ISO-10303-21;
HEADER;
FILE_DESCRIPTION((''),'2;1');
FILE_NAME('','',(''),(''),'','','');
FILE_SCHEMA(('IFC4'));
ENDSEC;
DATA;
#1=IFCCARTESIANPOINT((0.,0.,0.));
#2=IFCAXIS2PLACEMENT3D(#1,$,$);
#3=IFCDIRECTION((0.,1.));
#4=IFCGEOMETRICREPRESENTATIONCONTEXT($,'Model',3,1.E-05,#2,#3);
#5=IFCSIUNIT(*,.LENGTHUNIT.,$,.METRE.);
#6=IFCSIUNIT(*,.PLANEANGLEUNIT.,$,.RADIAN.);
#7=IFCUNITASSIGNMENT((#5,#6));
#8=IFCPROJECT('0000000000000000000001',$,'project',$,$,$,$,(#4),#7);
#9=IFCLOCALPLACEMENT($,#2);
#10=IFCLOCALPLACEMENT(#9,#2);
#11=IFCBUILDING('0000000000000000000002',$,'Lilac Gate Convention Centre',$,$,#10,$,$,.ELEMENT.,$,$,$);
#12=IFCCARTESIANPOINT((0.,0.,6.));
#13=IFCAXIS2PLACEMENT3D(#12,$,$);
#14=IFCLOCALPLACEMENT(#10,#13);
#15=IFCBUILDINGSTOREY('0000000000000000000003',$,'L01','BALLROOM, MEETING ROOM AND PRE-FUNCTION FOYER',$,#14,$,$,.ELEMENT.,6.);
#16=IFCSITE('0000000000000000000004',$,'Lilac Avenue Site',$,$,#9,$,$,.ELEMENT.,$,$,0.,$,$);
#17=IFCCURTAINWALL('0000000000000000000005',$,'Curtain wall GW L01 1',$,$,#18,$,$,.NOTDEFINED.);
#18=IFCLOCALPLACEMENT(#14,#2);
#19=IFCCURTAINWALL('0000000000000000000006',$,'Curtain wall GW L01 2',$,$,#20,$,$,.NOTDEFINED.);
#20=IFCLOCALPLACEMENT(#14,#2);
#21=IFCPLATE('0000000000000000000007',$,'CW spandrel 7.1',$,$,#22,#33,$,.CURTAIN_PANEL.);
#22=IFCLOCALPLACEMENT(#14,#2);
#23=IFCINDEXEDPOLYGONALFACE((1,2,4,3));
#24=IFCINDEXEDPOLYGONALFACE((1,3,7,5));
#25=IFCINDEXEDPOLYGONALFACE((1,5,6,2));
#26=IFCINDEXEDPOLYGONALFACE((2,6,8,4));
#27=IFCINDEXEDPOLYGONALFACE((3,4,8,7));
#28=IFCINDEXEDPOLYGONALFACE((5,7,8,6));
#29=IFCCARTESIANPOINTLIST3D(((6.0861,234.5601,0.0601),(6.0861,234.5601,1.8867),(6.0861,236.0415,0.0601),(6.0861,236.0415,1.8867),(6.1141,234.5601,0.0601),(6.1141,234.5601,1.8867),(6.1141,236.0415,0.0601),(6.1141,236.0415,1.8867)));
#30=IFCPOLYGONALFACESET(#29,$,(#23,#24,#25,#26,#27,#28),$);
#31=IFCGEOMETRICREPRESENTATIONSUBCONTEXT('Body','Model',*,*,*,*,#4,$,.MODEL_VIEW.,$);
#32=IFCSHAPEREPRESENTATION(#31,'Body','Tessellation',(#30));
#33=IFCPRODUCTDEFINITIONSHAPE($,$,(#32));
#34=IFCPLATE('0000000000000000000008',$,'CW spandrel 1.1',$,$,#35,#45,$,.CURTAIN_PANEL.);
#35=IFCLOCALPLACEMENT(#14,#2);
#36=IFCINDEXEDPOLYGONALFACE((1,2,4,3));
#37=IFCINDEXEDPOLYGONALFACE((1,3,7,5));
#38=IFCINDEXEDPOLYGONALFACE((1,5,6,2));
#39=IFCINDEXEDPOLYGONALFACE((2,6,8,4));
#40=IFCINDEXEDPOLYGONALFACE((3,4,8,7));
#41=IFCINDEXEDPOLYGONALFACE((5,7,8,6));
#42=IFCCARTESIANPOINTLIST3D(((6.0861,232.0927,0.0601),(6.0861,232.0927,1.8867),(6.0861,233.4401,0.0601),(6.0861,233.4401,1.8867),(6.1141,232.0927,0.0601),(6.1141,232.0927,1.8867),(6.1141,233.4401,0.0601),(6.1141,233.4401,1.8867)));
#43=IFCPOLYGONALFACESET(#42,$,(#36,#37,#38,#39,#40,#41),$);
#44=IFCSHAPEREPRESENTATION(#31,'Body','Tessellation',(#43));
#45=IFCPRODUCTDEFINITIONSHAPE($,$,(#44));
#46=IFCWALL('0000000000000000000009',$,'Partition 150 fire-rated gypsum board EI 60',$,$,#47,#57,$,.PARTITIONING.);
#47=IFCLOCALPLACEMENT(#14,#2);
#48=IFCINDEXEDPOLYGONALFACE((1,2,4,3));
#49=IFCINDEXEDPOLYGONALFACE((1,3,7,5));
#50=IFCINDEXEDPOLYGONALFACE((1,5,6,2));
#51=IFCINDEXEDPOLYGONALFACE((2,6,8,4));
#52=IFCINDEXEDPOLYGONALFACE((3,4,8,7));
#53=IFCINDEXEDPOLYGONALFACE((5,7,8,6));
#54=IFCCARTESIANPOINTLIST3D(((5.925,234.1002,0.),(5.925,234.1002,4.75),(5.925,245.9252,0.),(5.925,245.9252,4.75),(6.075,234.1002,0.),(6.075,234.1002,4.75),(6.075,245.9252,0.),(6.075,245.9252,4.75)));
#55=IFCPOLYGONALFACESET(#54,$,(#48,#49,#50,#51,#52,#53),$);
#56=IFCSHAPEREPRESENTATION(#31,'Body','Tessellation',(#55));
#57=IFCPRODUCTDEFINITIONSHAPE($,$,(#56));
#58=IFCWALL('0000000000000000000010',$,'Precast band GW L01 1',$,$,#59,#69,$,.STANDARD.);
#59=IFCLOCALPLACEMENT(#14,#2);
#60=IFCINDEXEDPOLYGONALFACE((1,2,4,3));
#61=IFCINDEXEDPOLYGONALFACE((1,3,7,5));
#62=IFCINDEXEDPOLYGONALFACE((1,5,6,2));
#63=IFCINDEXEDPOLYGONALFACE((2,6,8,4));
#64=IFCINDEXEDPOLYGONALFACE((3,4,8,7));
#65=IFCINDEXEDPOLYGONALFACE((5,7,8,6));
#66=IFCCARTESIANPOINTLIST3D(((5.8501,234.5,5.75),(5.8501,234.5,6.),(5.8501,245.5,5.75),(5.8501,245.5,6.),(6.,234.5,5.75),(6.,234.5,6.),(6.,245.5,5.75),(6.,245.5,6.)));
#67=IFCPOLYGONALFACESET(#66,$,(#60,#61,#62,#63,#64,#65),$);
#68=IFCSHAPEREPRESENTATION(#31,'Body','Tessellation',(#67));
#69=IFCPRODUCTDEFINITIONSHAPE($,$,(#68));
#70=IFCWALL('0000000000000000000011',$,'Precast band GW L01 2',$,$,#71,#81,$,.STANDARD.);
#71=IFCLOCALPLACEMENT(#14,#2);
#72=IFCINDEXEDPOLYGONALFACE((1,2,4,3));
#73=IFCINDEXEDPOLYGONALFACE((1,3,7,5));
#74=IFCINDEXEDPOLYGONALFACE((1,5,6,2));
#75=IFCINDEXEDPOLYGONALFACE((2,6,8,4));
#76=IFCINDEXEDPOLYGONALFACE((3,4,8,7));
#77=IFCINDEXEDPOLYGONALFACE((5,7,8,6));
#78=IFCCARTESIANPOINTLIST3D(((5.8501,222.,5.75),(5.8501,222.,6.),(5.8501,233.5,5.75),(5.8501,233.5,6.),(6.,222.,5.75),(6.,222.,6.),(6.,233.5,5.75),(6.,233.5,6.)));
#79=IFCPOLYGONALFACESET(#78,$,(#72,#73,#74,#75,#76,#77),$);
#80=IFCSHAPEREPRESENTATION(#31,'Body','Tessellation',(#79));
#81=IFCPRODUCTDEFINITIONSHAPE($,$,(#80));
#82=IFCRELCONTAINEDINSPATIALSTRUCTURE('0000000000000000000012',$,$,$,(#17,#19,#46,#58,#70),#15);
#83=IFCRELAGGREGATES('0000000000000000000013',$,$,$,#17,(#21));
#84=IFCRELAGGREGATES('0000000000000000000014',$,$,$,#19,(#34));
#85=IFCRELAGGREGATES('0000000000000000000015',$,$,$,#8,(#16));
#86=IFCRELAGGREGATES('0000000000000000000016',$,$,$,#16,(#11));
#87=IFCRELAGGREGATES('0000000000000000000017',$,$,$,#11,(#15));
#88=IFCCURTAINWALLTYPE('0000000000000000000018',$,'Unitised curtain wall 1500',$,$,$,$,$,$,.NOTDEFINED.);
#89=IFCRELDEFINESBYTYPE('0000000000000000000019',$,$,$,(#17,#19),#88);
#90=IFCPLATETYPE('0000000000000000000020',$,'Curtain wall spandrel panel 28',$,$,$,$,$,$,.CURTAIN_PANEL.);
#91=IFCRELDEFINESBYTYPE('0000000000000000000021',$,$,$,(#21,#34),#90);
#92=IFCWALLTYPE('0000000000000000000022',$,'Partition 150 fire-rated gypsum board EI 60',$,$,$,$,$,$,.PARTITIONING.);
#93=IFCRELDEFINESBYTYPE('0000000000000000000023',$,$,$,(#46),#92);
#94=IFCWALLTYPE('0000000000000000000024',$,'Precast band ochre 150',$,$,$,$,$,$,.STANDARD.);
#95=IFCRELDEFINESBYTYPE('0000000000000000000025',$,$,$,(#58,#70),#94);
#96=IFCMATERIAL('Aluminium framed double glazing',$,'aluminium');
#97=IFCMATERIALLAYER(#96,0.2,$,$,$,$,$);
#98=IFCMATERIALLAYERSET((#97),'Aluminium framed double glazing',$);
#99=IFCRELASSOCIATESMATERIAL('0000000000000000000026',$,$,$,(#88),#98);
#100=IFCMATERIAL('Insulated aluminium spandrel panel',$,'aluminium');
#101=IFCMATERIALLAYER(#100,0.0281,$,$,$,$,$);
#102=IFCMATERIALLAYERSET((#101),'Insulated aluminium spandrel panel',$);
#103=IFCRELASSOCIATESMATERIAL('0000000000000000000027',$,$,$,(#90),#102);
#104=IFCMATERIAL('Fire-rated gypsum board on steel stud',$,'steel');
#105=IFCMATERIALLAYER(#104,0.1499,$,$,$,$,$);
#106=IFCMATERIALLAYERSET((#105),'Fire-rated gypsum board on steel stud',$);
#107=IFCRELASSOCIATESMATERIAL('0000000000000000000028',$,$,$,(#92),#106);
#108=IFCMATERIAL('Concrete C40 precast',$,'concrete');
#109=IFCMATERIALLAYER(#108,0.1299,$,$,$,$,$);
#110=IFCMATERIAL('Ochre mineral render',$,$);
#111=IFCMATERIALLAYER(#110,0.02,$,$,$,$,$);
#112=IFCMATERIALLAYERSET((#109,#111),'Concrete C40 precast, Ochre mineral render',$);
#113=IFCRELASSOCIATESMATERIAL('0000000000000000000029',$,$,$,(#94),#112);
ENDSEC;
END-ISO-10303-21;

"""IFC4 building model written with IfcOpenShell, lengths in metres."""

from ifc_helpers import new_model, si_unit, direction, frame, frame_2d, origin, origin_2d, place, context, subcontext, project, spatial, rectangle, extrude, material, layer, layer_set, type_object, element, aggregate, save


model = new_model("IFC4")

# Units and contexts
model_context = context("Model", 3, precision=1e-05, world=origin(), true_north=direction((0.0, 1.0)))
body_context = subcontext(model_context, "Body", "Model", "MODEL_VIEW")
ifc_project = project(units=[si_unit("LENGTHUNIT", "METRE"), si_unit("PLANEANGLEUNIT", "RADIAN")], contexts=[model_context])

# Site, building, storey
site_placement = place(None, origin())
site = spatial("IfcSite", under=ifc_project, at=site_placement, Name="Lilac Avenue Site", CompositionType="ELEMENT", RefElevation=0.0)
building_placement = place(site_placement, origin())
building = spatial("IfcBuilding", under=site, at=building_placement, Name="Lilac Gate Convention Centre", CompositionType="ELEMENT")
storey_placement = place(building_placement, frame((0.0, 0.0, 6.0)))
storey = spatial("IfcBuildingStorey", under=building, at=storey_placement, Name="L01", Description="BALLROOM, MEETING ROOM AND PRE-FUNCTION FOYER", CompositionType="ELEMENT", Elevation=6.0)

# Curtain walls
ifc_material_1 = material(Name="Aluminium framed double glazing", Category="aluminium")
ifc_layer_1 = layer(ifc_material_1, 0.2)
ifc_layer_set_1 = layer_set([ifc_layer_1], Name="Aluminium framed double glazing")
curtain_wall_type = type_object("IfcCurtainWallType", Name="Unitised curtain wall 1500", PredefinedType="NOTDEFINED", material=ifc_layer_set_1)
curtain_wall_1_placement = place(storey_placement, origin())
curtain_wall_1 = element("IfcCurtainWall", 1, at=curtain_wall_1_placement, inside=storey, type_object=curtain_wall_type, Name="Curtain wall GW L01 1", PredefinedType="NOTDEFINED")
curtain_wall_2_placement = place(storey_placement, origin())
curtain_wall_2 = element("IfcCurtainWall", 2, at=curtain_wall_2_placement, inside=storey, type_object=curtain_wall_type, Name="Curtain wall GW L01 2", PredefinedType="NOTDEFINED")

# Plates
ifc_material_2 = material(Name="Insulated aluminium spandrel panel", Category="aluminium")
ifc_layer_2 = layer(ifc_material_2, 0.0281)
ifc_layer_set_2 = layer_set([ifc_layer_2], Name="Insulated aluminium spandrel panel")
plate_type_1 = type_object("IfcPlateType", Name="Curtain wall spandrel panel 28", PredefinedType="CURTAIN_PANEL", material=ifc_layer_set_2)
plate_1_placement = place(storey_placement, frame((6.1001, 235.3008, 0.0601), z_axis=(0.0, 0.0, 1.0), x_axis=(0.0, -1.0, 0.0)))
plate_1 = element("IfcPlate", 3, at=plate_1_placement, type_object=plate_type_1, Name="CW spandrel 7.1", PredefinedType="CURTAIN_PANEL", context=body_context, shape_type="SweptSolid", body=[
    extrude(rectangle(XDim=1.4814, YDim=0.0281, at=origin_2d()), origin(), (0.0, 0.0, 1.0), 1.8267),
])
aggregate(curtain_wall_1, [plate_1])
plate_2_placement = place(storey_placement, frame((6.1001, 232.7664, 0.0601), z_axis=(0.0, 0.0, 1.0), x_axis=(0.0, -1.0, 0.0)))
plate_2 = element("IfcPlate", 4, at=plate_2_placement, type_object=plate_type_1, Name="CW spandrel 1.1", PredefinedType="CURTAIN_PANEL", context=body_context, shape_type="SweptSolid", body=[
    extrude(rectangle(XDim=1.3474, YDim=0.0281, at=origin_2d()), origin(), (0.0, 0.0, 1.0), 1.8267),
])
aggregate(curtain_wall_2, [plate_2])

# Walls
ifc_material_3 = material(Name="Fire-rated gypsum board on steel stud", Category="steel")
ifc_layer_3 = layer(ifc_material_3, 0.1499)
ifc_layer_set_3 = layer_set([ifc_layer_3], Name="Fire-rated gypsum board on steel stud")
wall_type_1 = type_object("IfcWallType", Name="Partition 150 fire-rated gypsum board EI 60", PredefinedType="PARTITIONING", material=ifc_layer_set_3)
wall_1_placement = place(storey_placement, frame((6.0, 234.1001, 0.0), z_axis=(0.0, 0.0, 1.0), x_axis=(0.0, 1.0, 0.0)))
element("IfcWall", 5, at=wall_1_placement, inside=storey, type_object=wall_type_1, Name="Partition 150 fire-rated gypsum board EI 60", PredefinedType="PARTITIONING", context=body_context, shape_type="SweptSolid", body=[
    extrude(rectangle(XDim=11.825, YDim=0.1499, at=frame_2d((5.9126, 0.0))), origin(), (0.0, 0.0, 1.0), 4.75),
])
ifc_material_4 = material(Name="Concrete C40 precast", Category="concrete")
ifc_layer_4 = layer(ifc_material_4, 0.1299)
ifc_material_5 = material(Name="Ochre mineral render")
ifc_layer_5 = layer(ifc_material_5, 0.02)
ifc_layer_set_4 = layer_set([ifc_layer_4, ifc_layer_5], Name="Concrete C40 precast, Ochre mineral render")
wall_type_2 = type_object("IfcWallType", Name="Precast band ochre 150", PredefinedType="STANDARD", material=ifc_layer_set_4)
wall_2_placement = place(storey_placement, frame((5.925, 245.5, 5.75), z_axis=(0.0, 0.0, 1.0), x_axis=(0.0, -1.0, 0.0)))
element("IfcWall", 6, at=wall_2_placement, inside=storey, type_object=wall_type_2, Name="Precast band GW L01 1", PredefinedType="STANDARD", context=body_context, shape_type="SweptSolid", body=[
    extrude(rectangle(XDim=11.0, YDim=0.1499, at=frame_2d((5.5, 0.0))), origin(), (0.0, 0.0, 1.0), 0.25),
])
wall_3_placement = place(storey_placement, frame((5.925, 233.5, 5.75), z_axis=(0.0, 0.0, 1.0), x_axis=(0.0, -1.0, 0.0)))
element("IfcWall", 7, at=wall_3_placement, inside=storey, type_object=wall_type_2, Name="Precast band GW L01 2", PredefinedType="STANDARD", context=body_context, shape_type="SweptSolid", body=[
    extrude(rectangle(XDim=11.5, YDim=0.1499, at=frame_2d((5.75, 0.0))), origin(), (0.0, 0.0, 1.0), 0.25),
])

save(model, "model.ifc")
